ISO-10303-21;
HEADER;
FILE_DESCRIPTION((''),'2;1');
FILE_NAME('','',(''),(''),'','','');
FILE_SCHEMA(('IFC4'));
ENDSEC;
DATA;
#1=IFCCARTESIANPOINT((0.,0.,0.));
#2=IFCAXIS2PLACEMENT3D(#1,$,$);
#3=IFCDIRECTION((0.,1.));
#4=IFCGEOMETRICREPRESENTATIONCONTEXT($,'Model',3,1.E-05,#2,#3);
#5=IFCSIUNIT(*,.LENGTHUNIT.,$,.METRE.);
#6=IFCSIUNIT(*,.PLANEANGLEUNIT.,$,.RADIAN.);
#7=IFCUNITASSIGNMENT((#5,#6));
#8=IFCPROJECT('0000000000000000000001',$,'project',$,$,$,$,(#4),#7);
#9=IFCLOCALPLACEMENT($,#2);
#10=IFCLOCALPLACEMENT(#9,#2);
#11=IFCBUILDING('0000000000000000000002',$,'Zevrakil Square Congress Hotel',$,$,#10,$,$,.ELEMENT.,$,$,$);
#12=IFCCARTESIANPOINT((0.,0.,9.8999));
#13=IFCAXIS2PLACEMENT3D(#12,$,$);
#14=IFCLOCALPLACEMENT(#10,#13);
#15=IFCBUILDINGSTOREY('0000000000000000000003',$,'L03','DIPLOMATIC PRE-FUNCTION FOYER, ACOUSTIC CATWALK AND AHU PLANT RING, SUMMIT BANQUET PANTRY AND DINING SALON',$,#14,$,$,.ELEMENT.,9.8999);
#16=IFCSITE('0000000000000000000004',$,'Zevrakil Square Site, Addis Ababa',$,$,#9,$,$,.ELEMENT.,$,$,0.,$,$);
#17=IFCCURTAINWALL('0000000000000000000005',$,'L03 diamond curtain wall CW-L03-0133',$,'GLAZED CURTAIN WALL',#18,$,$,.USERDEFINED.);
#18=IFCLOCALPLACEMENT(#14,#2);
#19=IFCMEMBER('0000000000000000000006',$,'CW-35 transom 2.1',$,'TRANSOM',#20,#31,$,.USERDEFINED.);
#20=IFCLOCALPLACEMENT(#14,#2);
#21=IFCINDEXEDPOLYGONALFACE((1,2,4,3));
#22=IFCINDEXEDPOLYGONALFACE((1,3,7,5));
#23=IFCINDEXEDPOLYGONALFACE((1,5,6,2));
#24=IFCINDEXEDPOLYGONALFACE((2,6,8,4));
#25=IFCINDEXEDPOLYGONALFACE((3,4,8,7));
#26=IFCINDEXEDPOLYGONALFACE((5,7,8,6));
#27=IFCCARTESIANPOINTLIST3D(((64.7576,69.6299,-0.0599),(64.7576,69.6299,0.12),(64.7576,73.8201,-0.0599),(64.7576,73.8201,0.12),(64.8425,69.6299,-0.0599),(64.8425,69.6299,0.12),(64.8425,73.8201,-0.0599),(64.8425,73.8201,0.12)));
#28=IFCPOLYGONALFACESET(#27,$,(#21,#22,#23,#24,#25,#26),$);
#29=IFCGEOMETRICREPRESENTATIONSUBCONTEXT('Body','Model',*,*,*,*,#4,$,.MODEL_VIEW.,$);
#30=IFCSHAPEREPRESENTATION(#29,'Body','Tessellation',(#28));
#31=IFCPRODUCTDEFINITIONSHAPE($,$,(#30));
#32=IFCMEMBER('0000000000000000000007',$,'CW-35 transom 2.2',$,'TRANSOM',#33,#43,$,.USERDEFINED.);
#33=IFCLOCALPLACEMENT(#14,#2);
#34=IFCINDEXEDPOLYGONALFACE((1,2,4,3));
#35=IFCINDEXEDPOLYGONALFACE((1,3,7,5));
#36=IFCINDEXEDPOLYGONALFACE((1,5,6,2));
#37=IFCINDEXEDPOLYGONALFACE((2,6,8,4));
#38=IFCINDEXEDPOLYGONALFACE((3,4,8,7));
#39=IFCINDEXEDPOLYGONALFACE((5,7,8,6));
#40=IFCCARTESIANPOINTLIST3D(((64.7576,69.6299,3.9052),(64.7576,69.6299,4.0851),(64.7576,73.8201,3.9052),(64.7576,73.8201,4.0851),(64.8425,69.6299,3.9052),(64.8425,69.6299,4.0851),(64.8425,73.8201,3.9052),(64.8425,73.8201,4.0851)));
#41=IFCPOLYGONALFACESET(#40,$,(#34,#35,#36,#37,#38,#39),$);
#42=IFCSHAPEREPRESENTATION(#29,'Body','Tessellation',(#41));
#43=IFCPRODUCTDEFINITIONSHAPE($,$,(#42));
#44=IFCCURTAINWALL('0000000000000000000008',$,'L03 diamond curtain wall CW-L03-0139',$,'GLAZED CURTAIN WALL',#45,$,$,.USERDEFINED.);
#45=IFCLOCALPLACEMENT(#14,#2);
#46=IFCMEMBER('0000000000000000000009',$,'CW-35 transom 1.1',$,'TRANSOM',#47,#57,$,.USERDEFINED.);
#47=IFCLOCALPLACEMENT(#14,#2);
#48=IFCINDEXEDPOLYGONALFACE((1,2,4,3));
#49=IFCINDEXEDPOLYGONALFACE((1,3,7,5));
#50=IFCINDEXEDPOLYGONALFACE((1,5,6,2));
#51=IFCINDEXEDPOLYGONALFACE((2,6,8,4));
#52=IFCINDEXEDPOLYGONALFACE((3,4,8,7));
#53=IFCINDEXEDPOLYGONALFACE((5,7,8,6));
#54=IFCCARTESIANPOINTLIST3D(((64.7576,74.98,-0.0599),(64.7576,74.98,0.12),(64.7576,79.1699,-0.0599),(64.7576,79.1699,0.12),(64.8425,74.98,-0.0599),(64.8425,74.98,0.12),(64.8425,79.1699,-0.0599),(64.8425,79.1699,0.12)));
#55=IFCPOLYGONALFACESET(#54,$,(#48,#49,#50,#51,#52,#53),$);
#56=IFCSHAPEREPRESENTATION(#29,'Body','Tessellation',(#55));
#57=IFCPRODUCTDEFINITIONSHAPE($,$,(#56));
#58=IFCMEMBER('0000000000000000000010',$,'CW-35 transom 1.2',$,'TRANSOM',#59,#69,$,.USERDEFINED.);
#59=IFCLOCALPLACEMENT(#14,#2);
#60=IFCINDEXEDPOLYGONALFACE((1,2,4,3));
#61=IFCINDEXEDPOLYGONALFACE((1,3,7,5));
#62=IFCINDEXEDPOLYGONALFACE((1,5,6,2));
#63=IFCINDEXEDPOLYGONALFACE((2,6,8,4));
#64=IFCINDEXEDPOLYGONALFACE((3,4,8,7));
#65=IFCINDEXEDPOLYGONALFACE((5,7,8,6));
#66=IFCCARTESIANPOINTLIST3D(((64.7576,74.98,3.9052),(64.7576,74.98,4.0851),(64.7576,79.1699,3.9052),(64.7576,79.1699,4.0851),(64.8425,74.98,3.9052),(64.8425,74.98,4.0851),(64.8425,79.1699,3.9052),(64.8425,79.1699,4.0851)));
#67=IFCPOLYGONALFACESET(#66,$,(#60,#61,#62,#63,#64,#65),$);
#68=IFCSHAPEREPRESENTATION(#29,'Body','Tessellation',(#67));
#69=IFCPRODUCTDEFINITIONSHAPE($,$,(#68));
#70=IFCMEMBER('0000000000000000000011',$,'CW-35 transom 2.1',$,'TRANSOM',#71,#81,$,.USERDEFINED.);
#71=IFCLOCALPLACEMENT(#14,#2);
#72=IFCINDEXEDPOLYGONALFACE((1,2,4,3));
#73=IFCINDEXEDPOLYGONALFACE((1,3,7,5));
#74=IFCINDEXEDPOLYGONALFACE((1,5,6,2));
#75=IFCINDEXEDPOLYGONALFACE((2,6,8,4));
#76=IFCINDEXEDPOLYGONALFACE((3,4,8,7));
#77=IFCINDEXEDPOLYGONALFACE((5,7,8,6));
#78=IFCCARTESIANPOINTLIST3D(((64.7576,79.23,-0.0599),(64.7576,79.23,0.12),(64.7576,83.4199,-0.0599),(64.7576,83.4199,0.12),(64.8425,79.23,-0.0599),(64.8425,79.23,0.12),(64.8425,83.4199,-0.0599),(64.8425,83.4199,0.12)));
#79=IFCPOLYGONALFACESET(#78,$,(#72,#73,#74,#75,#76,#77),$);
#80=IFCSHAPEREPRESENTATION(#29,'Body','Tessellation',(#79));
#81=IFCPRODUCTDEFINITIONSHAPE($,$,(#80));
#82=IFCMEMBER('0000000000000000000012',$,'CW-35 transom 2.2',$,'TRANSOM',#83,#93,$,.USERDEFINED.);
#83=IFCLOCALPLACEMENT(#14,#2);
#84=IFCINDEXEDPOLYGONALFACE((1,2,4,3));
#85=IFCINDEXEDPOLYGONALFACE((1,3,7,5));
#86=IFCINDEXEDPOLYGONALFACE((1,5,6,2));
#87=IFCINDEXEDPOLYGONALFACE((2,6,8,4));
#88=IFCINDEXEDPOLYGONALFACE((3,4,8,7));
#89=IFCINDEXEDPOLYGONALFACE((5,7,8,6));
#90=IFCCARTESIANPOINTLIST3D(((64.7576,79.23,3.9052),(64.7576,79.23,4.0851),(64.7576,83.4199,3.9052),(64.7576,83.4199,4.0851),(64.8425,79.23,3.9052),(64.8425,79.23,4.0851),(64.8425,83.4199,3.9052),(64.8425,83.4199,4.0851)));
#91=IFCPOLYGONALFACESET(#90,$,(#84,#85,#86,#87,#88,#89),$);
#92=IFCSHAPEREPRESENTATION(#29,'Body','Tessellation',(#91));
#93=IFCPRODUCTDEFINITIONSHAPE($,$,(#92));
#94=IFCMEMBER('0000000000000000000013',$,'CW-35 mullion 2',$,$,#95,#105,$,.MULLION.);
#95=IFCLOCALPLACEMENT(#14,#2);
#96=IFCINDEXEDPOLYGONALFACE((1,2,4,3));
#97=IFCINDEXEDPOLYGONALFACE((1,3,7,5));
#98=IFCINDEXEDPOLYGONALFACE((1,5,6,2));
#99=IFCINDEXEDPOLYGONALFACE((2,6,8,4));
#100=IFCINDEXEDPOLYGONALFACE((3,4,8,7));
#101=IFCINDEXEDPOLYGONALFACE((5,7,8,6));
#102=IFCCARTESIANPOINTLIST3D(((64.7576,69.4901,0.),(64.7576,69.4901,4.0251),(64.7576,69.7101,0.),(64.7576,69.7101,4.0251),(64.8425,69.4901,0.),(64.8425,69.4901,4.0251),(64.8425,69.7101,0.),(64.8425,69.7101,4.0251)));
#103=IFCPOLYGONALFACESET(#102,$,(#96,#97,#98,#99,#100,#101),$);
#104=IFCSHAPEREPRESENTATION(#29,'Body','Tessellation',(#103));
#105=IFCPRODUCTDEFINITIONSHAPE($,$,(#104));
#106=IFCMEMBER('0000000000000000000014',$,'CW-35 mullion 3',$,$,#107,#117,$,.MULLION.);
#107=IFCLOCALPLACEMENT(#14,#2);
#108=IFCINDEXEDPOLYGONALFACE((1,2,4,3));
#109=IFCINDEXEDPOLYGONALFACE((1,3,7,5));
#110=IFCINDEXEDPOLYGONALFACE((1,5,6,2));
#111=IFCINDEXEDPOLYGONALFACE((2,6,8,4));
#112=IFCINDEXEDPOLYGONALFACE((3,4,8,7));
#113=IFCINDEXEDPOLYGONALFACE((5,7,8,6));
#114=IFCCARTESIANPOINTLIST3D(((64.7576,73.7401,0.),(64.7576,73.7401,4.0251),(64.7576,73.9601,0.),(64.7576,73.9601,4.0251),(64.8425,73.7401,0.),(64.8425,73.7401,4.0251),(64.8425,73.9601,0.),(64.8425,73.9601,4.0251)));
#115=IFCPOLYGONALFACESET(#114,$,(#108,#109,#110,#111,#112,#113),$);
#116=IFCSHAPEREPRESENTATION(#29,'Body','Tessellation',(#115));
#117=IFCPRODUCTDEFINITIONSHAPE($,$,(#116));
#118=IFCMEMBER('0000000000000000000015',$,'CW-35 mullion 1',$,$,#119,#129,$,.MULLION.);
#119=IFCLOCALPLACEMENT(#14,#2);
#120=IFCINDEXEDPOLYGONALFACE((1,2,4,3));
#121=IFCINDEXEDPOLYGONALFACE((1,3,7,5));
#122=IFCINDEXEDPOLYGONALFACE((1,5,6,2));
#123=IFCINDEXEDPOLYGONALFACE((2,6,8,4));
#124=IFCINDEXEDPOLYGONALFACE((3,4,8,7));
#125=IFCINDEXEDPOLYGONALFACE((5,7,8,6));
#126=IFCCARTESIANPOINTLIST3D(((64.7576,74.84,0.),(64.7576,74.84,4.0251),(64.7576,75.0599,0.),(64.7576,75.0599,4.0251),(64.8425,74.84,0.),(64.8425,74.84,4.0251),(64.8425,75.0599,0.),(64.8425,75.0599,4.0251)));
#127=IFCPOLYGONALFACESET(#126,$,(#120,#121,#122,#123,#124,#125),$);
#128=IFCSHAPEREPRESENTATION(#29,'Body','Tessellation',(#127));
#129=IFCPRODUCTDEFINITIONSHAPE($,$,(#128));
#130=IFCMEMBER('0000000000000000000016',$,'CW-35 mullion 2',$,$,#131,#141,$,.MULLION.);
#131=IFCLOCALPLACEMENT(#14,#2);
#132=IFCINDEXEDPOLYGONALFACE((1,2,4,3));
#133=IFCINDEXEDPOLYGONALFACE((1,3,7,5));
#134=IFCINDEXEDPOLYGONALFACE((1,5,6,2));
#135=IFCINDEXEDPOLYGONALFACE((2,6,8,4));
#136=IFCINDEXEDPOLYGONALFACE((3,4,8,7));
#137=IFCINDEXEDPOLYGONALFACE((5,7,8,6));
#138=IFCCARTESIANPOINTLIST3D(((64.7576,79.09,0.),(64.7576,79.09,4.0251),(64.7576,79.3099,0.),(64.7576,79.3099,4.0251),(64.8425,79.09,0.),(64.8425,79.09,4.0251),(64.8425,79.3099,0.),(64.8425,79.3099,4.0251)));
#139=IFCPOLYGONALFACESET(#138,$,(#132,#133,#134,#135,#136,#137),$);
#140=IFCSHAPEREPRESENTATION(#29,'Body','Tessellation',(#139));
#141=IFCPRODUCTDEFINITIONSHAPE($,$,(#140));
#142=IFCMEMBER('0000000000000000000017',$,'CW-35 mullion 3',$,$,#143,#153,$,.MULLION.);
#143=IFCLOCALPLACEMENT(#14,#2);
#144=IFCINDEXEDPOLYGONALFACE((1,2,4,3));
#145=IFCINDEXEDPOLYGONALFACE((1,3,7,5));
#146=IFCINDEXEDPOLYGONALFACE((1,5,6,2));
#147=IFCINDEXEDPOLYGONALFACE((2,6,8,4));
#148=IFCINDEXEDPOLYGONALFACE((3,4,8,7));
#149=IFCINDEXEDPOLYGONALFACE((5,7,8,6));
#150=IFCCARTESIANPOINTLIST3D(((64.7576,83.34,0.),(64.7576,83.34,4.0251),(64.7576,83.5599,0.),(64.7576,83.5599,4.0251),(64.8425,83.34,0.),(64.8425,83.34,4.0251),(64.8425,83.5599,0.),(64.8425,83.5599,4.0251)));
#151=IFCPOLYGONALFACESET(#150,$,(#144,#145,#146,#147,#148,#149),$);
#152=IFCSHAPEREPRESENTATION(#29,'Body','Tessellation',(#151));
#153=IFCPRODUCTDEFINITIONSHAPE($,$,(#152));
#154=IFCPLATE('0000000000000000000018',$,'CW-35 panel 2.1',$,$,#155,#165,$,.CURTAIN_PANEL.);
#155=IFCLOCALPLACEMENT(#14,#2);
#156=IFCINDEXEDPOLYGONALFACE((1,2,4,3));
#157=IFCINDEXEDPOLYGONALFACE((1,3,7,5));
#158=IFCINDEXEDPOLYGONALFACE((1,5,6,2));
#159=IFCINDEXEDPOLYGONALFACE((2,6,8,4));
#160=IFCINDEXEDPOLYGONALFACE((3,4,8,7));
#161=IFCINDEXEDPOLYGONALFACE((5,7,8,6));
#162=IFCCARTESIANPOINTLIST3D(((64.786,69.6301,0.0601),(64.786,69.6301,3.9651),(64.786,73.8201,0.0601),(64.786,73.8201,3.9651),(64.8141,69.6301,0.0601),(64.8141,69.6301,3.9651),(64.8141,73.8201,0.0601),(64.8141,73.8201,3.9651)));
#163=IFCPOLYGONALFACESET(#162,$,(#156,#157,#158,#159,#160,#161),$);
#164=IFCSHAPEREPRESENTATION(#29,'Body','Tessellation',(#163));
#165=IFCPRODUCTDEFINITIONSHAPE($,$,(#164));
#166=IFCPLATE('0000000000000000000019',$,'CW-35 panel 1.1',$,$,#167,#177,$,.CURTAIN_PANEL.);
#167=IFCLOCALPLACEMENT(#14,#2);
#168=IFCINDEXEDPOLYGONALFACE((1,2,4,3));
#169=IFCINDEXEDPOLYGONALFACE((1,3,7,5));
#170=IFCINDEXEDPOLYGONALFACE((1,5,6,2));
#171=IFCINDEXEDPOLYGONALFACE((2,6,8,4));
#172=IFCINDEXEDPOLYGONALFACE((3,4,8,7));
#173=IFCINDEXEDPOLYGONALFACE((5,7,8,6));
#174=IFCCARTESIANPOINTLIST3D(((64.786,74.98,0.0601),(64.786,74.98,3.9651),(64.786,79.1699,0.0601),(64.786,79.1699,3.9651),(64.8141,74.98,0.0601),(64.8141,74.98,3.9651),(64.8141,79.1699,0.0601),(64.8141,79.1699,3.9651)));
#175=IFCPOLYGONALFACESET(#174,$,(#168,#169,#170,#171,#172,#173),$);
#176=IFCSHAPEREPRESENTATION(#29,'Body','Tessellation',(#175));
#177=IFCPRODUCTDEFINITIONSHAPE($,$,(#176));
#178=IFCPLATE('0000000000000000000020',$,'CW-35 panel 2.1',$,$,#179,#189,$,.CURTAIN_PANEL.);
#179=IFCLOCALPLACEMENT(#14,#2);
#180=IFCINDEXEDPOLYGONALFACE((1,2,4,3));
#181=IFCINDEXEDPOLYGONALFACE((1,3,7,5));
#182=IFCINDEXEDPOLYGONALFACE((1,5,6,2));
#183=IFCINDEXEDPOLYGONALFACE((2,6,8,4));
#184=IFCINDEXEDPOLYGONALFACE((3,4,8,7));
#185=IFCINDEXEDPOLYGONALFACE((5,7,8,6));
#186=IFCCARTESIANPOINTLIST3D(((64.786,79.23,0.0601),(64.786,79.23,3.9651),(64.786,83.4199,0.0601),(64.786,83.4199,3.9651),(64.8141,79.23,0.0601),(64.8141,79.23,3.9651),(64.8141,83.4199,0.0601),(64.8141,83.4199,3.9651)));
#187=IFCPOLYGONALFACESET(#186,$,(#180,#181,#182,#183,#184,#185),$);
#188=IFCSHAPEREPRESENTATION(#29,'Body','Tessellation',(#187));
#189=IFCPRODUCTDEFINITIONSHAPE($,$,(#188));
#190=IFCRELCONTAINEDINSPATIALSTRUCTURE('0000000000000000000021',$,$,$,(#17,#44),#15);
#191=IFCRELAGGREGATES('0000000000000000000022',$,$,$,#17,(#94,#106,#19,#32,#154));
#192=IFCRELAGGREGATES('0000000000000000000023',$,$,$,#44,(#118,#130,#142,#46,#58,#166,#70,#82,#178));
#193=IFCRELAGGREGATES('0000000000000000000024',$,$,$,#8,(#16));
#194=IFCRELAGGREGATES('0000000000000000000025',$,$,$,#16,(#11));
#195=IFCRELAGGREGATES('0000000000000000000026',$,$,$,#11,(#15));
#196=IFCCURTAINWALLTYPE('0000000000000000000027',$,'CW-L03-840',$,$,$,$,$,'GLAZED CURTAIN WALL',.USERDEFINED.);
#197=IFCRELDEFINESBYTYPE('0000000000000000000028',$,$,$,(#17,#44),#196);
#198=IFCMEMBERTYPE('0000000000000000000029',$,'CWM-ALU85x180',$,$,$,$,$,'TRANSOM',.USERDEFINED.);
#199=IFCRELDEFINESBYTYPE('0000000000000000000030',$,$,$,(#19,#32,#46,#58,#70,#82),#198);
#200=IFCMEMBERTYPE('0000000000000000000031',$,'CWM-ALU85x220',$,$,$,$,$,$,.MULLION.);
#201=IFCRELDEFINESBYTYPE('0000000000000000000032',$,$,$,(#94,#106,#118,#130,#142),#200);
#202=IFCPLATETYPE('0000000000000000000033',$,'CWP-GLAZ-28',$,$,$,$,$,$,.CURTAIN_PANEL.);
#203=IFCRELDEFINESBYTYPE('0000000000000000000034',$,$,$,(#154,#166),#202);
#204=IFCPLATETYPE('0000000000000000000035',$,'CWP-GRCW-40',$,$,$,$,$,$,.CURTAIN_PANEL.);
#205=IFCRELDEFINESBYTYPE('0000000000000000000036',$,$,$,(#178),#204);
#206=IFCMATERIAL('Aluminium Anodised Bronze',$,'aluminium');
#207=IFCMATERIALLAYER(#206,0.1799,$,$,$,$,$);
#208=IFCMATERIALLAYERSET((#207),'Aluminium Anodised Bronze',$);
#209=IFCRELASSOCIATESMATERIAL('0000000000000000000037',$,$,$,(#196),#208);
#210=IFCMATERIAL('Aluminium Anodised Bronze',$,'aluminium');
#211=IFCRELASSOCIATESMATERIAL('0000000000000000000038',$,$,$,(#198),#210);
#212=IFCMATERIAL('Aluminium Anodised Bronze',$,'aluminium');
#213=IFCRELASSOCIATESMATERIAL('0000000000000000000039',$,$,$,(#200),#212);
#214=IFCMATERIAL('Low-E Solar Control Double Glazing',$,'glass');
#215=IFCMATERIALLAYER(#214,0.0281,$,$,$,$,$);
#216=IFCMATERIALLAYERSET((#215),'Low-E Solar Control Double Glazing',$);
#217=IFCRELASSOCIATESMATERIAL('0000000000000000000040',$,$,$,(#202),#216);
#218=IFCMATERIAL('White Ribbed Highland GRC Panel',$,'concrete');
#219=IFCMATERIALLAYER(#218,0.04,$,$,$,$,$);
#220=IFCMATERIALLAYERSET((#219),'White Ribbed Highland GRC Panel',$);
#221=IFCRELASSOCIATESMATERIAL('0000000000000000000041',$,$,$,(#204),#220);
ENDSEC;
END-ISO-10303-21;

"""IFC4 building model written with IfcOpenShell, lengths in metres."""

from ifc_helpers import new_model, si_unit, direction, frame, origin, origin_2d, place, context, subcontext, project, spatial, rectangle, extrude, material, layer, layer_set, material_profile, profile_set, type_object, element, aggregate, save


model = new_model("IFC4")

# Units and contexts
model_context = context("Model", 3, precision=1e-05, world=origin(), true_north=direction((0.0, 1.0)))
body_context = subcontext(model_context, "Body", "Model", "MODEL_VIEW")
ifc_project = project(units=[si_unit("LENGTHUNIT", "METRE"), si_unit("PLANEANGLEUNIT", "RADIAN")], contexts=[model_context])

# Site, building, storey
site_placement = place(None, origin())
site = spatial("IfcSite", under=ifc_project, at=site_placement, Name="Zevrakil Square Site, Addis Ababa", CompositionType="ELEMENT", RefElevation=0.0)
building_placement = place(site_placement, origin())
building = spatial("IfcBuilding", under=site, at=building_placement, Name="Zevrakil Square Congress Hotel", CompositionType="ELEMENT")
storey_placement = place(building_placement, frame((0.0, 0.0, 9.8999)))
storey = spatial("IfcBuildingStorey", under=building, at=storey_placement, Name="L03", Description="DIPLOMATIC PRE-FUNCTION FOYER, ACOUSTIC CATWALK AND AHU PLANT RING, SUMMIT BANQUET PANTRY AND DINING SALON", CompositionType="ELEMENT", Elevation=9.8999)

# Curtain walls, members
ifc_material_1 = material(Name="Aluminium Anodised Bronze", Category="aluminium")
ifc_layer_1 = layer(ifc_material_1, 0.1799)
ifc_layer_set_1 = layer_set([ifc_layer_1], Name="Aluminium Anodised Bronze")
curtain_wall_type = type_object("IfcCurtainWallType", Name="CW-L03-840", ElementType="GLAZED CURTAIN WALL", PredefinedType="USERDEFINED", material=ifc_layer_set_1)
curtain_wall_1_placement = place(storey_placement, origin())
curtain_wall_1 = element("IfcCurtainWall", 1, at=curtain_wall_1_placement, inside=storey, type_object=curtain_wall_type, Name="L03 diamond curtain wall CW-L03-0133", ObjectType="GLAZED CURTAIN WALL", PredefinedType="USERDEFINED")
ifc_material_2 = material(Name="Aluminium Anodised Bronze", Category="aluminium")
ifc_material_profile_1 = material_profile(ifc_material_2, rectangle(XDim=0.085, YDim=0.1799, at=origin_2d()), Name="ALU 85x180")
ifc_profile_set_1 = profile_set([ifc_material_profile_1], Name="Aluminium Anodised Bronze")
member_type_1 = type_object("IfcMemberType", Name="CWM-ALU85x180", ElementType="TRANSOM", PredefinedType="USERDEFINED", material=ifc_profile_set_1)
member_1_placement = place(storey_placement, frame((64.8, 69.6299, 0.03), z_axis=(0.0, 1.0, 0.0), x_axis=(-1.0, 0.0, 0.0)))
member_1 = element("IfcMember", 2, at=member_1_placement, type_object=member_type_1, Name="CW-35 transom 2.1", ObjectType="TRANSOM", PredefinedType="USERDEFINED", context=body_context, shape_type="SweptSolid", body=[
    extrude(rectangle(XDim=0.085, YDim=0.1799, at=origin_2d()), origin(), (0.0, 0.0, 1.0), 4.1902),
])
member_2_placement = place(storey_placement, frame((64.8, 69.6299, 3.9951), z_axis=(0.0, 1.0, 0.0), x_axis=(-1.0, 0.0, 0.0)))
member_2 = element("IfcMember", 3, at=member_2_placement, type_object=member_type_1, Name="CW-35 transom 2.2", ObjectType="TRANSOM", PredefinedType="USERDEFINED", context=body_context, shape_type="SweptSolid", body=[
    extrude(rectangle(XDim=0.085, YDim=0.1799, at=origin_2d()), origin(), (0.0, 0.0, 1.0), 4.1902),
])
curtain_wall_2_placement = place(storey_placement, origin())
curtain_wall_2 = element("IfcCurtainWall", 4, at=curtain_wall_2_placement, inside=storey, type_object=curtain_wall_type, Name="L03 diamond curtain wall CW-L03-0139", ObjectType="GLAZED CURTAIN WALL", PredefinedType="USERDEFINED")
member_3_placement = place(storey_placement, frame((64.8, 74.98, 0.03), z_axis=(0.0, 1.0, 0.0), x_axis=(-1.0, 0.0, 0.0)))
member_3 = element("IfcMember", 5, at=member_3_placement, type_object=member_type_1, Name="CW-35 transom 1.1", ObjectType="TRANSOM", PredefinedType="USERDEFINED", context=body_context, shape_type="SweptSolid", body=[
    extrude(rectangle(XDim=0.085, YDim=0.1799, at=origin_2d()), origin(), (0.0, 0.0, 1.0), 4.1899),
])
member_4_placement = place(storey_placement, frame((64.8, 74.98, 3.9951), z_axis=(0.0, 1.0, 0.0), x_axis=(-1.0, 0.0, 0.0)))
member_4 = element("IfcMember", 6, at=member_4_placement, type_object=member_type_1, Name="CW-35 transom 1.2", ObjectType="TRANSOM", PredefinedType="USERDEFINED", context=body_context, shape_type="SweptSolid", body=[
    extrude(rectangle(XDim=0.085, YDim=0.1799, at=origin_2d()), origin(), (0.0, 0.0, 1.0), 4.1899),
])
member_5_placement = place(storey_placement, frame((64.8, 79.23, 0.03), z_axis=(0.0, 1.0, 0.0), x_axis=(-1.0, 0.0, 0.0)))
member_5 = element("IfcMember", 7, at=member_5_placement, type_object=member_type_1, Name="CW-35 transom 2.1", ObjectType="TRANSOM", PredefinedType="USERDEFINED", context=body_context, shape_type="SweptSolid", body=[
    extrude(rectangle(XDim=0.085, YDim=0.1799, at=origin_2d()), origin(), (0.0, 0.0, 1.0), 4.1899),
])
member_6_placement = place(storey_placement, frame((64.8, 79.23, 3.9951), z_axis=(0.0, 1.0, 0.0), x_axis=(-1.0, 0.0, 0.0)))
member_6 = element("IfcMember", 8, at=member_6_placement, type_object=member_type_1, Name="CW-35 transom 2.2", ObjectType="TRANSOM", PredefinedType="USERDEFINED", context=body_context, shape_type="SweptSolid", body=[
    extrude(rectangle(XDim=0.085, YDim=0.1799, at=origin_2d()), origin(), (0.0, 0.0, 1.0), 4.1899),
])

# Members
ifc_material_3 = material(Name="Aluminium Anodised Bronze", Category="aluminium")
ifc_material_profile_2 = material_profile(ifc_material_3, rectangle(XDim=0.085, YDim=0.22, at=origin_2d()), Name="ALU 85x220")
ifc_profile_set_2 = profile_set([ifc_material_profile_2], Name="Aluminium Anodised Bronze")
member_type_2 = type_object("IfcMemberType", Name="CWM-ALU85x220", PredefinedType="MULLION", material=ifc_profile_set_2)
member_7_placement = place(storey_placement, frame((64.8, 69.6001, 0.0), z_axis=(0.0, 0.0, 1.0), x_axis=(-1.0, 0.0, 0.0)))
member_7 = element("IfcMember", 9, at=member_7_placement, type_object=member_type_2, Name="CW-35 mullion 2", PredefinedType="MULLION", context=body_context, shape_type="SweptSolid", body=[
    extrude(rectangle(XDim=0.085, YDim=0.22, at=origin_2d()), origin(), (0.0, 0.0, 1.0), 4.0251),
])
member_8_placement = place(storey_placement, frame((64.8, 73.8501, 0.0), z_axis=(0.0, 0.0, 1.0), x_axis=(-1.0, 0.0, 0.0)))
member_8 = element("IfcMember", 10, at=member_8_placement, type_object=member_type_2, Name="CW-35 mullion 3", PredefinedType="MULLION", context=body_context, shape_type="SweptSolid", body=[
    extrude(rectangle(XDim=0.085, YDim=0.22, at=origin_2d()), origin(), (0.0, 0.0, 1.0), 4.0251),
])
member_9_placement = place(storey_placement, frame((64.8, 74.95, 0.0), z_axis=(0.0, 0.0, 1.0), x_axis=(-1.0, 0.0, 0.0)))
member_9 = element("IfcMember", 11, at=member_9_placement, type_object=member_type_2, Name="CW-35 mullion 1", PredefinedType="MULLION", context=body_context, shape_type="SweptSolid", body=[
    extrude(rectangle(XDim=0.085, YDim=0.22, at=origin_2d()), origin(), (0.0, 0.0, 1.0), 4.0251),
])
member_10_placement = place(storey_placement, frame((64.8, 79.2, 0.0), z_axis=(0.0, 0.0, 1.0), x_axis=(-1.0, 0.0, 0.0)))
member_10 = element("IfcMember", 12, at=member_10_placement, type_object=member_type_2, Name="CW-35 mullion 2", PredefinedType="MULLION", context=body_context, shape_type="SweptSolid", body=[
    extrude(rectangle(XDim=0.085, YDim=0.22, at=origin_2d()), origin(), (0.0, 0.0, 1.0), 4.0251),
])
member_11_placement = place(storey_placement, frame((64.8, 83.45, 0.0), z_axis=(0.0, 0.0, 1.0), x_axis=(-1.0, 0.0, 0.0)))
member_11 = element("IfcMember", 13, at=member_11_placement, type_object=member_type_2, Name="CW-35 mullion 3", PredefinedType="MULLION", context=body_context, shape_type="SweptSolid", body=[
    extrude(rectangle(XDim=0.085, YDim=0.22, at=origin_2d()), origin(), (0.0, 0.0, 1.0), 4.0251),
])

# Plates
ifc_material_4 = material(Name="Low-E Solar Control Double Glazing", Category="glass")
ifc_layer_2 = layer(ifc_material_4, 0.0281)
ifc_layer_set_2 = layer_set([ifc_layer_2], Name="Low-E Solar Control Double Glazing")
plate_type_1 = type_object("IfcPlateType", Name="CWP-GLAZ-28", PredefinedType="CURTAIN_PANEL", material=ifc_layer_set_2)
plate_1_placement = place(storey_placement, frame((64.8, 71.7251, 0.0601), z_axis=(0.0, 0.0, 1.0), x_axis=(0.0, 1.0, 0.0)))
plate_1 = element("IfcPlate", 14, at=plate_1_placement, type_object=plate_type_1, Name="CW-35 panel 2.1", PredefinedType="CURTAIN_PANEL", context=body_context, shape_type="SweptSolid", body=[
    extrude(rectangle(XDim=4.1899, YDim=0.0281, at=origin_2d()), origin(), (0.0, 0.0, 1.0), 3.905),
])
aggregate(curtain_wall_1, [member_7, member_8, member_1, member_2, plate_1])
plate_2_placement = place(storey_placement, frame((64.8, 77.075, 0.0601), z_axis=(0.0, 0.0, 1.0), x_axis=(0.0, 1.0, 0.0)))
plate_2 = element("IfcPlate", 15, at=plate_2_placement, type_object=plate_type_1, Name="CW-35 panel 1.1", PredefinedType="CURTAIN_PANEL", context=body_context, shape_type="SweptSolid", body=[
    extrude(rectangle(XDim=4.1899, YDim=0.0281, at=origin_2d()), origin(), (0.0, 0.0, 1.0), 3.905),
])
ifc_material_5 = material(Name="White Ribbed Highland GRC Panel", Category="concrete")
ifc_layer_3 = layer(ifc_material_5, 0.04)
ifc_layer_set_3 = layer_set([ifc_layer_3], Name="White Ribbed Highland GRC Panel")
plate_type_2 = type_object("IfcPlateType", Name="CWP-GRCW-40", PredefinedType="CURTAIN_PANEL", material=ifc_layer_set_3)
plate_3_placement = place(storey_placement, frame((64.8, 81.325, 0.0601), z_axis=(0.0, 0.0, 1.0), x_axis=(0.0, 1.0, 0.0)))
plate_3 = element("IfcPlate", 16, at=plate_3_placement, type_object=plate_type_2, Name="CW-35 panel 2.1", PredefinedType="CURTAIN_PANEL", context=body_context, shape_type="SweptSolid", body=[
    extrude(rectangle(XDim=4.1899, YDim=0.0281, at=origin_2d()), origin(), (0.0, 0.0, 1.0), 3.905),
])
aggregate(curtain_wall_2, [member_9, member_10, member_11, member_3, member_4, plate_2, member_5, member_6, plate_3])

save(model, "model.ifc")
